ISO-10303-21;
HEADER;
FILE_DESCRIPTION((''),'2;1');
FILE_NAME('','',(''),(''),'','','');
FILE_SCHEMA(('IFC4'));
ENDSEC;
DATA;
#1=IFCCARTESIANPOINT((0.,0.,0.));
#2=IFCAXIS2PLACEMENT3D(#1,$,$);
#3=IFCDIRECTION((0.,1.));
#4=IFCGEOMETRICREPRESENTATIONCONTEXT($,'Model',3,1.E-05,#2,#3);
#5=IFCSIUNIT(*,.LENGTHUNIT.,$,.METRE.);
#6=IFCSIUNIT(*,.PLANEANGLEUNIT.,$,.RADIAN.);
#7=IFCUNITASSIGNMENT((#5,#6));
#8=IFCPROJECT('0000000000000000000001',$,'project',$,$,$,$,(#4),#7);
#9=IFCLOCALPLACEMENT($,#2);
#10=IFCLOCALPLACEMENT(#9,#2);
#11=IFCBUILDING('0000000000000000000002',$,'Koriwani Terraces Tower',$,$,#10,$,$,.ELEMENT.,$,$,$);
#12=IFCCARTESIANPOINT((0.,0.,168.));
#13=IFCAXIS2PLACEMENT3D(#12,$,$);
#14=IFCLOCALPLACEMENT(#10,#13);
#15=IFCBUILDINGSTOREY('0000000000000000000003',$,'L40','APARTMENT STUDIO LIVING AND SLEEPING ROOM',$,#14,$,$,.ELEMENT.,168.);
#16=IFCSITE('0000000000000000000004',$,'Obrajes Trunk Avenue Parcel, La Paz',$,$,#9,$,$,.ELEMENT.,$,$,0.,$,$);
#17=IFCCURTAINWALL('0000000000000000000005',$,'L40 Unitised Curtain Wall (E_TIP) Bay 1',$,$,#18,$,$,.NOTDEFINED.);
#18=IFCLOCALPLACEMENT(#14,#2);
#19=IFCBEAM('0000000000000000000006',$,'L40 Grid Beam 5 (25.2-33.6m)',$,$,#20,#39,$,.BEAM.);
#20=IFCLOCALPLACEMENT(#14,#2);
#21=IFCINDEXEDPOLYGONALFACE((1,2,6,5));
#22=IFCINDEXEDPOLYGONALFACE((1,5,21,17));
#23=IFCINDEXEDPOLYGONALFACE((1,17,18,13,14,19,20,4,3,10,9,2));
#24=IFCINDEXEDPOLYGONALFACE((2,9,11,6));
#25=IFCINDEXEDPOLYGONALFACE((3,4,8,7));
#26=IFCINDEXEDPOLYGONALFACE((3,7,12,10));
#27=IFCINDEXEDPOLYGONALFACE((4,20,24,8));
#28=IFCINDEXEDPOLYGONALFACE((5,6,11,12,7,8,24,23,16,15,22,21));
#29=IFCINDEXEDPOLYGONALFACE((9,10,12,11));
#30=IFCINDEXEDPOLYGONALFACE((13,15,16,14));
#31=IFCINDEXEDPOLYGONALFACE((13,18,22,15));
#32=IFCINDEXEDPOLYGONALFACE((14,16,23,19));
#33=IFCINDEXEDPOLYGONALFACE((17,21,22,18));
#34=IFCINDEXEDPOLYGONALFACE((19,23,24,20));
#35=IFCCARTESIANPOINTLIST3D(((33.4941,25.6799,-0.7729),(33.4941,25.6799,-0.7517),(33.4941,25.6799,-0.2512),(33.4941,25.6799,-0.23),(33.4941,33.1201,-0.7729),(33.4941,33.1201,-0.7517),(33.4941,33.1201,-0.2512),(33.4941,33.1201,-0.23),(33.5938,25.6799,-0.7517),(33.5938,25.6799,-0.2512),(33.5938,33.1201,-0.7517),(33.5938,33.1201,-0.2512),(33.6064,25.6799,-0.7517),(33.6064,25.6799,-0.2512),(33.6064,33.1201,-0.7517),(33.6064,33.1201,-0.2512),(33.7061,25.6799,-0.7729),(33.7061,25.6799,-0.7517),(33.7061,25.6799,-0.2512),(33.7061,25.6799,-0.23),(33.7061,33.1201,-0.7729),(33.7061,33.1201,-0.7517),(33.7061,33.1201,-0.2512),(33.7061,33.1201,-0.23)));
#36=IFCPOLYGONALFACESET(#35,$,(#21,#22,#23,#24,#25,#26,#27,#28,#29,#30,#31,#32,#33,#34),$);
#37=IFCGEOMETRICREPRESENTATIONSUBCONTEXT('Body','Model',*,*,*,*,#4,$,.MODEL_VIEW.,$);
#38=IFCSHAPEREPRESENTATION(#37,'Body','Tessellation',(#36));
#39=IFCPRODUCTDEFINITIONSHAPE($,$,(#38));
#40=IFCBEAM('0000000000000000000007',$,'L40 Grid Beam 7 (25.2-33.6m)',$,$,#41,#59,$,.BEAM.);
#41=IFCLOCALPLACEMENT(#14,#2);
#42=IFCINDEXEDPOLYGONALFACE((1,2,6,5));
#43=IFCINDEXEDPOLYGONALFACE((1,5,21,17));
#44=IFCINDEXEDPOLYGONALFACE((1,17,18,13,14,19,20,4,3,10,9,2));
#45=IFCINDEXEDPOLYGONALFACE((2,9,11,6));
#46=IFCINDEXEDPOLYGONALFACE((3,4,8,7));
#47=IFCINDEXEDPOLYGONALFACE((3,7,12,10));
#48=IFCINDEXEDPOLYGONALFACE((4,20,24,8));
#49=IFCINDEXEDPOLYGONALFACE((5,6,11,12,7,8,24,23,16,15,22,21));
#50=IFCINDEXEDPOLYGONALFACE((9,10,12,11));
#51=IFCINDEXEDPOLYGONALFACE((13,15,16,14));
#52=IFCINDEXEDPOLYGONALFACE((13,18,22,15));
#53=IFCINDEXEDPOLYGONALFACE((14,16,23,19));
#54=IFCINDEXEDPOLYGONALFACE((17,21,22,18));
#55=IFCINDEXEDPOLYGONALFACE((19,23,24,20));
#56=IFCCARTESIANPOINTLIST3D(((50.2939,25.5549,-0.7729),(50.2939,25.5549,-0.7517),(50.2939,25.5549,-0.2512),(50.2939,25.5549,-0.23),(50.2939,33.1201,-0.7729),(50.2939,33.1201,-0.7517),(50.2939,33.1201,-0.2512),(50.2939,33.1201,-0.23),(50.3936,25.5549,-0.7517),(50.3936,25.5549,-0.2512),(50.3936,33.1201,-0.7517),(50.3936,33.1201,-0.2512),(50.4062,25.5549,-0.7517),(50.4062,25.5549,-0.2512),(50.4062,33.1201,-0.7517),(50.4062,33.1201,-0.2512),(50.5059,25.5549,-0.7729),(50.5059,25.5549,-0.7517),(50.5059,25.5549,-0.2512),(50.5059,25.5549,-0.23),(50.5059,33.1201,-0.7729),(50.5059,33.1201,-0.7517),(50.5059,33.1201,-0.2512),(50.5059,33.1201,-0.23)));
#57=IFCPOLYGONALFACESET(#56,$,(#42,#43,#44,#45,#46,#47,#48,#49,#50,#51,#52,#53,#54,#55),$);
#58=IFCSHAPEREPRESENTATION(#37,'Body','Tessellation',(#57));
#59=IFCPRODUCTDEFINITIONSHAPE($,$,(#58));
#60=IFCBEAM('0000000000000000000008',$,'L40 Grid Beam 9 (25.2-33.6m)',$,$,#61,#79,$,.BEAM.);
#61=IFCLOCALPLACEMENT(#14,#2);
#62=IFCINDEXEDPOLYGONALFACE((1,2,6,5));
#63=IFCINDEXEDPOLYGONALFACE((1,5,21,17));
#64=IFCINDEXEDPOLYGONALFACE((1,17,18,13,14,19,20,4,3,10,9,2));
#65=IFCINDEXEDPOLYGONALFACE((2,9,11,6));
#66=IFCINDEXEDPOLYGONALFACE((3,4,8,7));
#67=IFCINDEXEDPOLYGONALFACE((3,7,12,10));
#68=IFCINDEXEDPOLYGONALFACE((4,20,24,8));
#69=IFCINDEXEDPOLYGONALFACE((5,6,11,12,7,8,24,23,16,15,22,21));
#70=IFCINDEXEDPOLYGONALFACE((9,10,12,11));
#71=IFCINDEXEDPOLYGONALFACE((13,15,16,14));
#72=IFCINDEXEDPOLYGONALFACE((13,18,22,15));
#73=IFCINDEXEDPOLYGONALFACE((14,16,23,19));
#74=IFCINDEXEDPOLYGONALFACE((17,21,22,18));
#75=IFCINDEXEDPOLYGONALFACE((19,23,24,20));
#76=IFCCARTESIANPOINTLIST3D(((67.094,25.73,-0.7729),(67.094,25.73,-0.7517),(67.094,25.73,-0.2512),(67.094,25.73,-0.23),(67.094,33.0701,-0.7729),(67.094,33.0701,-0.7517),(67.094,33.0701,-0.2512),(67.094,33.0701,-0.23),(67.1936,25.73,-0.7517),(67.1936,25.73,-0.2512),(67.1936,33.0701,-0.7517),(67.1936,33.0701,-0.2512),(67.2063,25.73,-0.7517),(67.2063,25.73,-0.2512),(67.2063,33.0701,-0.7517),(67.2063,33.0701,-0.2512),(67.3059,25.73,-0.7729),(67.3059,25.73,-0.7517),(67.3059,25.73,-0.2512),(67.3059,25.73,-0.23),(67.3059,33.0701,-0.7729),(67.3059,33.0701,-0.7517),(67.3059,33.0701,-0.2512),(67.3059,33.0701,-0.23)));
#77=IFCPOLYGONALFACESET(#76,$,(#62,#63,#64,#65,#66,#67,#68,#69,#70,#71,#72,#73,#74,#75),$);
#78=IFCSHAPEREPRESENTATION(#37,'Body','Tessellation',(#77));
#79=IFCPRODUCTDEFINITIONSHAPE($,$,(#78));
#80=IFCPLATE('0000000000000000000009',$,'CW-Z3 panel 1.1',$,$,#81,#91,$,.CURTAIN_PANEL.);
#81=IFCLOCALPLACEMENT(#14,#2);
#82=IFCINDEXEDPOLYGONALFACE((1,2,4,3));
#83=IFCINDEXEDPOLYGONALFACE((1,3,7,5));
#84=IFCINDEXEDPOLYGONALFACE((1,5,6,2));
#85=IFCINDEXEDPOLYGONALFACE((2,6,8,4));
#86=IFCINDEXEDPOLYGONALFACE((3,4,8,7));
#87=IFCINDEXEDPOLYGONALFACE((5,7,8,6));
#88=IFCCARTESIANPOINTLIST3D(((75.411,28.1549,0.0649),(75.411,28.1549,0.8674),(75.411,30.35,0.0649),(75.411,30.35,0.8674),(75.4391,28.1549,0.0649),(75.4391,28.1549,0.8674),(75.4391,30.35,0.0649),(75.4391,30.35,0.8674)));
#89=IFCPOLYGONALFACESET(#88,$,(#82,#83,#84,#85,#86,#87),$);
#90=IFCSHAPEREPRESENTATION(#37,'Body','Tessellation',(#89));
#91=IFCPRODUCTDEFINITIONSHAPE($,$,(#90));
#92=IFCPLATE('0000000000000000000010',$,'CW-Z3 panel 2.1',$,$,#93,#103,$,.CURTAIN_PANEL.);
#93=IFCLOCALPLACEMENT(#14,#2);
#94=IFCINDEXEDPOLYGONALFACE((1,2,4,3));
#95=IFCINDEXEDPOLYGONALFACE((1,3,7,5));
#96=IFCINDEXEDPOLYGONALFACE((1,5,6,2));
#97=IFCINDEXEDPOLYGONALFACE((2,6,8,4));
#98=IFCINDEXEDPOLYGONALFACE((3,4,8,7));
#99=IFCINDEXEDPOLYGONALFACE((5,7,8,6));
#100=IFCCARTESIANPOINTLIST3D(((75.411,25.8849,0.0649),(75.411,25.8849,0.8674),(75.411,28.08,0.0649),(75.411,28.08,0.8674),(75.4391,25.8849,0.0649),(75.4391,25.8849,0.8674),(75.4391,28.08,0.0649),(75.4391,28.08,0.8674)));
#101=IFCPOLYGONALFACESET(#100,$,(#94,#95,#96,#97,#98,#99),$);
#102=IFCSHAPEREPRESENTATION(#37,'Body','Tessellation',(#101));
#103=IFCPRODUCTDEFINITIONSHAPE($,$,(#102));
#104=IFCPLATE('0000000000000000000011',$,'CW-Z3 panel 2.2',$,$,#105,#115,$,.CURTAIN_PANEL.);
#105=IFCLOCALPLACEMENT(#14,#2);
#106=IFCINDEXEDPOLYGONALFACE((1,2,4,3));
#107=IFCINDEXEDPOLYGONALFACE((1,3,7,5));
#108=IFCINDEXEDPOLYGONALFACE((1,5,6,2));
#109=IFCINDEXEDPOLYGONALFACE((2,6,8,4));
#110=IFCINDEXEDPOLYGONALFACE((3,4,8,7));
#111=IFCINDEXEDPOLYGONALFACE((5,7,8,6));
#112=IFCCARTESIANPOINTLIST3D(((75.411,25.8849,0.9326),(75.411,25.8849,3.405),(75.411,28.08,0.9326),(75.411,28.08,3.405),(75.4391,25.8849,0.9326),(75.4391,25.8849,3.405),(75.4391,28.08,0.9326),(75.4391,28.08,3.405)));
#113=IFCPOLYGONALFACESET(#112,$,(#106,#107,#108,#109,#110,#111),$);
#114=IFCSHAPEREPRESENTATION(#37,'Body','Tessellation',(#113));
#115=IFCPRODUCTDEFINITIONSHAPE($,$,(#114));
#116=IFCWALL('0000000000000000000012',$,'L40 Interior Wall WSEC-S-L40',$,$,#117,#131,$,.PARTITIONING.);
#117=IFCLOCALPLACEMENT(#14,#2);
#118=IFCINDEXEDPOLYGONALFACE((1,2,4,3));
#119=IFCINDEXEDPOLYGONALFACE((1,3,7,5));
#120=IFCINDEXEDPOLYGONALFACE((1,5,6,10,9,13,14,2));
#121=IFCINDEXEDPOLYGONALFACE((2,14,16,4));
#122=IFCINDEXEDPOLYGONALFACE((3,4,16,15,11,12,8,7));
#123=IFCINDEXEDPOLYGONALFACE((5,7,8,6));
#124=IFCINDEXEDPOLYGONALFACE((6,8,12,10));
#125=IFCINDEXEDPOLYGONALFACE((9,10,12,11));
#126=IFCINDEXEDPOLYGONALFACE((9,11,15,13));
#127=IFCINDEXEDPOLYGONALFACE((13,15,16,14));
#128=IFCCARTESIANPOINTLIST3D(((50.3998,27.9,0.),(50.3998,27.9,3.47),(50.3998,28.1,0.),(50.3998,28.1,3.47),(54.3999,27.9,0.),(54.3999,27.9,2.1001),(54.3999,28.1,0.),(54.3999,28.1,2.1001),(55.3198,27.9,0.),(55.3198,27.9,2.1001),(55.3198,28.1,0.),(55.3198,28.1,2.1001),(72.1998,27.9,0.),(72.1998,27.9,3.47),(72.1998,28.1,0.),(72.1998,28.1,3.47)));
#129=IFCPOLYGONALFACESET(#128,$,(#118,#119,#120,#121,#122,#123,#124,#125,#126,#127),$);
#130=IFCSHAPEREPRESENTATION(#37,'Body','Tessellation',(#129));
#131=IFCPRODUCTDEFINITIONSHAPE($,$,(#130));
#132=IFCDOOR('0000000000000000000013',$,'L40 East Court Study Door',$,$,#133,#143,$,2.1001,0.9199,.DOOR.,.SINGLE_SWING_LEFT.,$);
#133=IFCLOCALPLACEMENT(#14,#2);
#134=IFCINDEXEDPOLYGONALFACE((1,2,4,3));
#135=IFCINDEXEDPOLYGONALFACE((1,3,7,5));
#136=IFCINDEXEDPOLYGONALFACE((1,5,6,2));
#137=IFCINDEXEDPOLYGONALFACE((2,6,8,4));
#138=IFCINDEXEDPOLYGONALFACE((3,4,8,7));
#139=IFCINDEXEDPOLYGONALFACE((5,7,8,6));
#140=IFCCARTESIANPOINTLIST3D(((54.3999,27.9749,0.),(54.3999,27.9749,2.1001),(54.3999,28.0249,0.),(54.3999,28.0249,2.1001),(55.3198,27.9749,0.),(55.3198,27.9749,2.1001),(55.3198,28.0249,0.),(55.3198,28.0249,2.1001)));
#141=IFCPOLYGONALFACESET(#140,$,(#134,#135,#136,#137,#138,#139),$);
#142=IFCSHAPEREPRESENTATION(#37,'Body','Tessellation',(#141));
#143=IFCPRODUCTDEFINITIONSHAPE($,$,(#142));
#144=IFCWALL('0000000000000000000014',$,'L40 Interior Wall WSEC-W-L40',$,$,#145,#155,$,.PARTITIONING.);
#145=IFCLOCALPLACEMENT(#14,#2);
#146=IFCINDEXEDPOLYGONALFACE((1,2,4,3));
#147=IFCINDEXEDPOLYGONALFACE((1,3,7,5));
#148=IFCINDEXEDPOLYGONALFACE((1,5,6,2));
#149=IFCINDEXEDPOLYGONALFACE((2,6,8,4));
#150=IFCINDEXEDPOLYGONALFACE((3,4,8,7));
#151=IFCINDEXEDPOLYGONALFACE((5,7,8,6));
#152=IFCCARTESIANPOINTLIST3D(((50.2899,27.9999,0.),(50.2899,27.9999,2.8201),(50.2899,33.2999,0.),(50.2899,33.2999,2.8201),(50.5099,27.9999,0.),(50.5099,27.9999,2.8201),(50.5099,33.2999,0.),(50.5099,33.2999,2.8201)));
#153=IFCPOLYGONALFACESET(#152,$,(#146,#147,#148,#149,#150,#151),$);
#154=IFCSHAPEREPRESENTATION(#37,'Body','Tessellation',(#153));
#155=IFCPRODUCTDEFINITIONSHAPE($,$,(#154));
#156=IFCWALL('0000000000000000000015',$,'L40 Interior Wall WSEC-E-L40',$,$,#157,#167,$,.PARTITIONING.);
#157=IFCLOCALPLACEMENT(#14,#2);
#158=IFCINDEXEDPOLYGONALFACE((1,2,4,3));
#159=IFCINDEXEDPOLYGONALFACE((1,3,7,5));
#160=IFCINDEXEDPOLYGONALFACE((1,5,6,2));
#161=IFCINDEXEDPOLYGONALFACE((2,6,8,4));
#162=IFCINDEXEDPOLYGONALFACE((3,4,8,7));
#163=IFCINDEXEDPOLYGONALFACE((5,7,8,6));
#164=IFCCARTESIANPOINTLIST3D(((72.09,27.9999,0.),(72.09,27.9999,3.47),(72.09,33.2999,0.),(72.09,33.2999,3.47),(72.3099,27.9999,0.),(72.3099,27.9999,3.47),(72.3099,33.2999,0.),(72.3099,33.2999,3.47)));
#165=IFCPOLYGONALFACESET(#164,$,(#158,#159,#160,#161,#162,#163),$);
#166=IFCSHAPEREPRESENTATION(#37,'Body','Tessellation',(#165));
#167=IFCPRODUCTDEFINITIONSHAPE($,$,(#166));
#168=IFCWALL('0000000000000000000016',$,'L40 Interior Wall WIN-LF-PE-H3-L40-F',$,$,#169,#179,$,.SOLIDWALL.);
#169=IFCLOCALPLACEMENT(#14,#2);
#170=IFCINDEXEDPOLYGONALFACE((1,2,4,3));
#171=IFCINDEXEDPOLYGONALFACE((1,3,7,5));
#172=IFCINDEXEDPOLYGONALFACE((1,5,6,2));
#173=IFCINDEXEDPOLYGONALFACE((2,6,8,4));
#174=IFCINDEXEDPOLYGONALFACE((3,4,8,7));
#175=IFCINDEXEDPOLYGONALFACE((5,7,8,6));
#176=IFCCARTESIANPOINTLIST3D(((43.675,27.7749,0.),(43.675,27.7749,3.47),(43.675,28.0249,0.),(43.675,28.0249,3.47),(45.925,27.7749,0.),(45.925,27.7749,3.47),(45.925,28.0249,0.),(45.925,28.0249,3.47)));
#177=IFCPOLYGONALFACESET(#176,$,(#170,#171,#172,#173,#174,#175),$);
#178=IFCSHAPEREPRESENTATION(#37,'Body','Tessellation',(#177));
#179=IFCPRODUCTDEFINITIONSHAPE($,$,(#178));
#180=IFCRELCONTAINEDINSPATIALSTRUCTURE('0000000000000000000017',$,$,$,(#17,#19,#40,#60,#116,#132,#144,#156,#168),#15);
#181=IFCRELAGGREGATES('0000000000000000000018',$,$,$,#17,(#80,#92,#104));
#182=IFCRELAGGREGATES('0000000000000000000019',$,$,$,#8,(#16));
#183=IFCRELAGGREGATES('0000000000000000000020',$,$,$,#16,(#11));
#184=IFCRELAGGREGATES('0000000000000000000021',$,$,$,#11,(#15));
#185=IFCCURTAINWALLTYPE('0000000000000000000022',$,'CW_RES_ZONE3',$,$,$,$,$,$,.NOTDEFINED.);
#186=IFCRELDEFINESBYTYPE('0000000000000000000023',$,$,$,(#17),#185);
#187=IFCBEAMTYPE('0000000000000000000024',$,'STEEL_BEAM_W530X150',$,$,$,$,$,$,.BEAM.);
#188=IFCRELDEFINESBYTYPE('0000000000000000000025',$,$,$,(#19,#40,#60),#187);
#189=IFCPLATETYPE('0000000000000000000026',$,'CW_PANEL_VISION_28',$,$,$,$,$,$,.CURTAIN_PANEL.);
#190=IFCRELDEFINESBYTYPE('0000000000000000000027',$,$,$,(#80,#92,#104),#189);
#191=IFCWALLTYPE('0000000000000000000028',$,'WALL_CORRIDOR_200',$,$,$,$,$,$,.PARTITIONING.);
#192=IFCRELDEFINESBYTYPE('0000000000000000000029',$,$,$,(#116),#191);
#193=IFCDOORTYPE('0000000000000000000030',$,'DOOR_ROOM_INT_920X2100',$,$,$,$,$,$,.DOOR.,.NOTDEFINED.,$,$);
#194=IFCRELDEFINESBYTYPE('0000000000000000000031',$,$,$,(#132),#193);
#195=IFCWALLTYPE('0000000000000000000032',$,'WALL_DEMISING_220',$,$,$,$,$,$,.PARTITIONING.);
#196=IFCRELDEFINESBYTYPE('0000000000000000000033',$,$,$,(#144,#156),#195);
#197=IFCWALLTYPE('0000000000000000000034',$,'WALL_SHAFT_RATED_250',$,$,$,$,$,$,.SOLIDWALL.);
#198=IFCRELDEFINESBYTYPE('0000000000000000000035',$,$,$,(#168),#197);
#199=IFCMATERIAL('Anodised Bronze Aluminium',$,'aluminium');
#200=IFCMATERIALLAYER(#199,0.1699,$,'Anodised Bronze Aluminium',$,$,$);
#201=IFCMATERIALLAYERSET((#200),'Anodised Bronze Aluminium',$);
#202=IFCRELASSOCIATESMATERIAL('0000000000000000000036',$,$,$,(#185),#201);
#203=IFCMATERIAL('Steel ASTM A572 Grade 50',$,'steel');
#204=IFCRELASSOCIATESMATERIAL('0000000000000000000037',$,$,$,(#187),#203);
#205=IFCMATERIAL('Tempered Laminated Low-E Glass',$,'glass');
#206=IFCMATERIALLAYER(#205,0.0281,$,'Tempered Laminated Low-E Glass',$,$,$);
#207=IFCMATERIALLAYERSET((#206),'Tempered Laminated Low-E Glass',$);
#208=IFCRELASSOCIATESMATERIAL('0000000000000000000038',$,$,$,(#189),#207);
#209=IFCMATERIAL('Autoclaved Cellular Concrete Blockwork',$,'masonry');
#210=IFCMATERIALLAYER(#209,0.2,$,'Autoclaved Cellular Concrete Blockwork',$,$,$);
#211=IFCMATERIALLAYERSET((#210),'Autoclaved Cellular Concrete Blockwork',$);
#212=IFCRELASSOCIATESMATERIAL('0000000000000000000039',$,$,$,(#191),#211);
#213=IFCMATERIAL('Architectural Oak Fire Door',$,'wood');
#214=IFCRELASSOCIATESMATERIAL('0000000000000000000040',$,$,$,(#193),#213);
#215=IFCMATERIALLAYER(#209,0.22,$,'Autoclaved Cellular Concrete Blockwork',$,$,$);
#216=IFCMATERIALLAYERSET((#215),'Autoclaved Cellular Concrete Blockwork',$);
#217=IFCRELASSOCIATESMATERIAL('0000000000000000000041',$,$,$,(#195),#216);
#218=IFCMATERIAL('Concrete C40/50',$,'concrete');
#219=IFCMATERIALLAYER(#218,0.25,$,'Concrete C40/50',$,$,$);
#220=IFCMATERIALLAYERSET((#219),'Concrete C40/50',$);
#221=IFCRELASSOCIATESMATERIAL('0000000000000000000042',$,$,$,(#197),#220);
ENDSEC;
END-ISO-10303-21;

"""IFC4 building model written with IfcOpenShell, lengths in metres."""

from ifc_helpers import new_model, si_unit, direction, frame, frame_2d, origin, origin_2d, place, context, subcontext, project, spatial, rectangle, i_section, extrude, material, layer, layer_set, material_profile, profile_set, type_object, element, fill, aggregate, save


model = new_model("IFC4")

# Units and contexts
model_context = context("Model", 3, precision=1e-05, world=origin(), true_north=direction((0.0, 1.0)))
body_context = subcontext(model_context, "Body", "Model", "MODEL_VIEW")
ifc_project = project(units=[si_unit("LENGTHUNIT", "METRE"), si_unit("PLANEANGLEUNIT", "RADIAN")], contexts=[model_context])

# Site, building, storey
site_placement = place(None, origin())
site = spatial("IfcSite", under=ifc_project, at=site_placement, Name="Obrajes Trunk Avenue Parcel, La Paz", CompositionType="ELEMENT", RefElevation=0.0)
building_placement = place(site_placement, origin())
building = spatial("IfcBuilding", under=site, at=building_placement, Name="Koriwani Terraces Tower", CompositionType="ELEMENT")
storey_placement = place(building_placement, frame((0.0, 0.0, 168.0)))
storey = spatial("IfcBuildingStorey", under=building, at=storey_placement, Name="L40", Description="APARTMENT STUDIO LIVING AND SLEEPING ROOM", CompositionType="ELEMENT", Elevation=168.0)

# Curtain wall
ifc_material_1 = material(Name="Anodised Bronze Aluminium", Category="aluminium")
ifc_layer_1 = layer(ifc_material_1, 0.1699, Name="Anodised Bronze Aluminium")
ifc_layer_set_1 = layer_set([ifc_layer_1], Name="Anodised Bronze Aluminium")
curtain_wall_type = type_object("IfcCurtainWallType", Name="CW_RES_ZONE3", PredefinedType="NOTDEFINED", material=ifc_layer_set_1)
curtain_wall_placement = place(storey_placement, origin())
curtain_wall = element("IfcCurtainWall", 1, at=curtain_wall_placement, inside=storey, type_object=curtain_wall_type, Name="L40 Unitised Curtain Wall (E_TIP) Bay 1", PredefinedType="NOTDEFINED")

# Beams
ifc_material_2 = material(Name="Steel ASTM A572 Grade 50", Category="steel")
ifc_material_profile_1 = material_profile(ifc_material_2, i_section(OverallWidth=0.2119, OverallDepth=0.543, WebThickness=0.0127, FlangeThickness=0.0212, at=origin_2d()), Name="Steel ASTM A572 Grade 50", Category="LoadBearing")
ifc_profile_set_1 = profile_set([ifc_material_profile_1], Name="Steel ASTM A572 Grade 50")
beam_type_1 = type_object("IfcBeamType", Name="STEEL_BEAM_W530X150", PredefinedType="BEAM", material=ifc_profile_set_1)
beam_1_placement = place(storey_placement, frame((33.6001, 25.6799, -0.5015), z_axis=(0.0, 1.0, 0.0), x_axis=(-1.0, 0.0, 0.0)))
element("IfcBeam", 2, at=beam_1_placement, inside=storey, type_object=beam_type_1, Name="L40 Grid Beam 5 (25.2-33.6m)", PredefinedType="BEAM", context=body_context, shape_type="SweptSolid", body=[
    extrude(i_section(OverallWidth=0.2119, OverallDepth=0.543, WebThickness=0.0127, FlangeThickness=0.0212, at=origin_2d()), origin(), (0.0, 0.0, 1.0), 7.4402),
])
beam_2_placement = place(storey_placement, frame((50.3999, 25.5549, -0.5015), z_axis=(0.0, 1.0, 0.0), x_axis=(-1.0, 0.0, 0.0)))
element("IfcBeam", 3, at=beam_2_placement, inside=storey, type_object=beam_type_1, Name="L40 Grid Beam 7 (25.2-33.6m)", PredefinedType="BEAM", context=body_context, shape_type="SweptSolid", body=[
    extrude(i_section(OverallWidth=0.2119, OverallDepth=0.543, WebThickness=0.0127, FlangeThickness=0.0212, at=origin_2d()), origin(), (0.0, 0.0, 1.0), 7.5652),
])
beam_3_placement = place(storey_placement, frame((67.2, 25.73, -0.5015), z_axis=(0.0, 1.0, 0.0), x_axis=(-1.0, 0.0, 0.0)))
element("IfcBeam", 4, at=beam_3_placement, inside=storey, type_object=beam_type_1, Name="L40 Grid Beam 9 (25.2-33.6m)", PredefinedType="BEAM", context=body_context, shape_type="SweptSolid", body=[
    extrude(i_section(OverallWidth=0.2119, OverallDepth=0.543, WebThickness=0.0127, FlangeThickness=0.0212, at=origin_2d()), origin(), (0.0, 0.0, 1.0), 7.3401),
])

# Plates
ifc_material_3 = material(Name="Tempered Laminated Low-E Glass", Category="glass")
ifc_layer_2 = layer(ifc_material_3, 0.0281, Name="Tempered Laminated Low-E Glass")
ifc_layer_set_2 = layer_set([ifc_layer_2], Name="Tempered Laminated Low-E Glass")
plate_type = type_object("IfcPlateType", Name="CW_PANEL_VISION_28", PredefinedType="CURTAIN_PANEL", material=ifc_layer_set_2)
plate_1_placement = place(storey_placement, frame((75.425, 29.2524, 0.0649), z_axis=(0.0, 0.0, 1.0), x_axis=(0.0, -1.0, 0.0)))
plate_1 = element("IfcPlate", 5, at=plate_1_placement, type_object=plate_type, Name="CW-Z3 panel 1.1", PredefinedType="CURTAIN_PANEL", context=body_context, shape_type="SweptSolid", body=[
    extrude(rectangle(XDim=2.1951, YDim=0.0281, at=origin_2d()), origin(), (0.0, 0.0, 1.0), 0.8025),
])
plate_2_placement = place(storey_placement, frame((75.425, 26.9824, 0.0649), z_axis=(0.0, 0.0, 1.0), x_axis=(0.0, -1.0, 0.0)))
plate_2 = element("IfcPlate", 6, at=plate_2_placement, type_object=plate_type, Name="CW-Z3 panel 2.1", PredefinedType="CURTAIN_PANEL", context=body_context, shape_type="SweptSolid", body=[
    extrude(rectangle(XDim=2.1951, YDim=0.0281, at=origin_2d()), origin(), (0.0, 0.0, 1.0), 0.8025),
])
plate_3_placement = place(storey_placement, frame((75.425, 26.9824, 0.9326), z_axis=(0.0, 0.0, 1.0), x_axis=(0.0, -1.0, 0.0)))
plate_3 = element("IfcPlate", 7, at=plate_3_placement, type_object=plate_type, Name="CW-Z3 panel 2.2", PredefinedType="CURTAIN_PANEL", context=body_context, shape_type="SweptSolid", body=[
    extrude(rectangle(XDim=2.1951, YDim=0.0281, at=origin_2d()), origin(), (0.0, 0.0, 1.0), 2.4724),
])
aggregate(curtain_wall, [plate_1, plate_2, plate_3])

# Wall, opening, door
ifc_material_4 = material(Name="Autoclaved Cellular Concrete Blockwork", Category="masonry")
ifc_layer_3 = layer(ifc_material_4, 0.2, Name="Autoclaved Cellular Concrete Blockwork")
ifc_layer_set_3 = layer_set([ifc_layer_3], Name="Autoclaved Cellular Concrete Blockwork")
wall_type_1 = type_object("IfcWallType", Name="WALL_CORRIDOR_200", PredefinedType="PARTITIONING", material=ifc_layer_set_3)
wall_1_placement = place(storey_placement, frame((50.3999, 28.0, 0.0), z_axis=(0.0, 0.0, 1.0), x_axis=(1.0, 0.0, 0.0)))
wall_1 = element("IfcWall", 8, at=wall_1_placement, inside=storey, type_object=wall_type_1, Name="L40 Interior Wall WSEC-S-L40", PredefinedType="PARTITIONING", context=body_context, shape_type="SweptSolid", body=[
    extrude(rectangle(XDim=21.8, YDim=0.2, at=frame_2d((10.8999, 0.0))), origin(), (0.0, 0.0, 1.0), 3.47),
])
opening_placement = place(wall_1_placement, frame((4.0, 0.0, 0.0)))
opening = element("IfcOpeningElement", 9, at=opening_placement, cuts=wall_1, PredefinedType="OPENING", context=body_context, shape_type="SweptSolid", body=[
    extrude(rectangle(XDim=0.9199, YDim=2.1001, at=frame_2d((0.46, 1.05))), frame((0.0, 0.1099, 0.0), z_axis=(0.0, -1.0, 0.0), x_axis=(1.0, 0.0, 0.0)), (0.0, 0.0, 1.0), 0.22),
])
ifc_material_5 = material(Name="Architectural Oak Fire Door", Category="wood")
door_type = type_object("IfcDoorType", Name="DOOR_ROOM_INT_920X2100", OperationType="NOTDEFINED", PredefinedType="DOOR", material=ifc_material_5)
door_placement = place(opening_placement, origin())
door = element("IfcDoor", 10, at=door_placement, inside=storey, type_object=door_type, Name="L40 East Court Study Door", OperationType="SINGLE_SWING_LEFT", OverallHeight=2.1001, OverallWidth=0.9199, PredefinedType="DOOR", context=body_context, shape_type="SweptSolid", body=[
    extrude(rectangle(XDim=0.9199, YDim=2.1001, at=frame_2d((0.46, 1.05))), frame((0.0, 0.0249, 0.0), z_axis=(0.0, -1.0, 0.0), x_axis=(1.0, 0.0, 0.0)), (0.0, 0.0, 1.0), 0.05),
])
fill(opening, door)

# Walls
ifc_layer_4 = layer(ifc_material_4, 0.22, Name="Autoclaved Cellular Concrete Blockwork")
ifc_layer_set_4 = layer_set([ifc_layer_4], Name="Autoclaved Cellular Concrete Blockwork")
wall_type_2 = type_object("IfcWallType", Name="WALL_DEMISING_220", PredefinedType="PARTITIONING", material=ifc_layer_set_4)
wall_2_placement = place(storey_placement, frame((50.3999, 28.0, 0.0), z_axis=(0.0, 0.0, 1.0), x_axis=(0.0, 1.0, 0.0)))
element("IfcWall", 11, at=wall_2_placement, inside=storey, type_object=wall_type_2, Name="L40 Interior Wall WSEC-W-L40", PredefinedType="PARTITIONING", context=body_context, shape_type="SweptSolid", body=[
    extrude(rectangle(XDim=5.3, YDim=0.22, at=frame_2d((2.6499, 0.0))), origin(), (0.0, 0.0, 1.0), 2.8201),
])
wall_3_placement = place(storey_placement, frame((72.2, 28.0, 0.0), z_axis=(0.0, 0.0, 1.0), x_axis=(0.0, 1.0, 0.0)))
element("IfcWall", 12, at=wall_3_placement, inside=storey, type_object=wall_type_2, Name="L40 Interior Wall WSEC-E-L40", PredefinedType="PARTITIONING", context=body_context, shape_type="SweptSolid", body=[
    extrude(rectangle(XDim=5.3, YDim=0.22, at=frame_2d((2.6499, 0.0))), origin(), (0.0, 0.0, 1.0), 3.47),
])
ifc_material_6 = material(Name="Concrete C40/50", Category="concrete")
ifc_layer_5 = layer(ifc_material_6, 0.25, Name="Concrete C40/50")
ifc_layer_set_5 = layer_set([ifc_layer_5], Name="Concrete C40/50")
wall_type_3 = type_object("IfcWallType", Name="WALL_SHAFT_RATED_250", PredefinedType="SOLIDWALL", material=ifc_layer_set_5)
wall_4_placement = place(storey_placement, frame((43.675, 27.8999, 0.0), z_axis=(0.0, 0.0, 1.0), x_axis=(1.0, 0.0, 0.0)))
element("IfcWall", 13, at=wall_4_placement, inside=storey, type_object=wall_type_3, Name="L40 Interior Wall WIN-LF-PE-H3-L40-F", PredefinedType="SOLIDWALL", context=body_context, shape_type="SweptSolid", body=[
    extrude(rectangle(XDim=2.25, YDim=0.25, at=frame_2d((1.125, 0.0))), origin(), (0.0, 0.0, 1.0), 3.47),
])

save(model, "model.ifc")
